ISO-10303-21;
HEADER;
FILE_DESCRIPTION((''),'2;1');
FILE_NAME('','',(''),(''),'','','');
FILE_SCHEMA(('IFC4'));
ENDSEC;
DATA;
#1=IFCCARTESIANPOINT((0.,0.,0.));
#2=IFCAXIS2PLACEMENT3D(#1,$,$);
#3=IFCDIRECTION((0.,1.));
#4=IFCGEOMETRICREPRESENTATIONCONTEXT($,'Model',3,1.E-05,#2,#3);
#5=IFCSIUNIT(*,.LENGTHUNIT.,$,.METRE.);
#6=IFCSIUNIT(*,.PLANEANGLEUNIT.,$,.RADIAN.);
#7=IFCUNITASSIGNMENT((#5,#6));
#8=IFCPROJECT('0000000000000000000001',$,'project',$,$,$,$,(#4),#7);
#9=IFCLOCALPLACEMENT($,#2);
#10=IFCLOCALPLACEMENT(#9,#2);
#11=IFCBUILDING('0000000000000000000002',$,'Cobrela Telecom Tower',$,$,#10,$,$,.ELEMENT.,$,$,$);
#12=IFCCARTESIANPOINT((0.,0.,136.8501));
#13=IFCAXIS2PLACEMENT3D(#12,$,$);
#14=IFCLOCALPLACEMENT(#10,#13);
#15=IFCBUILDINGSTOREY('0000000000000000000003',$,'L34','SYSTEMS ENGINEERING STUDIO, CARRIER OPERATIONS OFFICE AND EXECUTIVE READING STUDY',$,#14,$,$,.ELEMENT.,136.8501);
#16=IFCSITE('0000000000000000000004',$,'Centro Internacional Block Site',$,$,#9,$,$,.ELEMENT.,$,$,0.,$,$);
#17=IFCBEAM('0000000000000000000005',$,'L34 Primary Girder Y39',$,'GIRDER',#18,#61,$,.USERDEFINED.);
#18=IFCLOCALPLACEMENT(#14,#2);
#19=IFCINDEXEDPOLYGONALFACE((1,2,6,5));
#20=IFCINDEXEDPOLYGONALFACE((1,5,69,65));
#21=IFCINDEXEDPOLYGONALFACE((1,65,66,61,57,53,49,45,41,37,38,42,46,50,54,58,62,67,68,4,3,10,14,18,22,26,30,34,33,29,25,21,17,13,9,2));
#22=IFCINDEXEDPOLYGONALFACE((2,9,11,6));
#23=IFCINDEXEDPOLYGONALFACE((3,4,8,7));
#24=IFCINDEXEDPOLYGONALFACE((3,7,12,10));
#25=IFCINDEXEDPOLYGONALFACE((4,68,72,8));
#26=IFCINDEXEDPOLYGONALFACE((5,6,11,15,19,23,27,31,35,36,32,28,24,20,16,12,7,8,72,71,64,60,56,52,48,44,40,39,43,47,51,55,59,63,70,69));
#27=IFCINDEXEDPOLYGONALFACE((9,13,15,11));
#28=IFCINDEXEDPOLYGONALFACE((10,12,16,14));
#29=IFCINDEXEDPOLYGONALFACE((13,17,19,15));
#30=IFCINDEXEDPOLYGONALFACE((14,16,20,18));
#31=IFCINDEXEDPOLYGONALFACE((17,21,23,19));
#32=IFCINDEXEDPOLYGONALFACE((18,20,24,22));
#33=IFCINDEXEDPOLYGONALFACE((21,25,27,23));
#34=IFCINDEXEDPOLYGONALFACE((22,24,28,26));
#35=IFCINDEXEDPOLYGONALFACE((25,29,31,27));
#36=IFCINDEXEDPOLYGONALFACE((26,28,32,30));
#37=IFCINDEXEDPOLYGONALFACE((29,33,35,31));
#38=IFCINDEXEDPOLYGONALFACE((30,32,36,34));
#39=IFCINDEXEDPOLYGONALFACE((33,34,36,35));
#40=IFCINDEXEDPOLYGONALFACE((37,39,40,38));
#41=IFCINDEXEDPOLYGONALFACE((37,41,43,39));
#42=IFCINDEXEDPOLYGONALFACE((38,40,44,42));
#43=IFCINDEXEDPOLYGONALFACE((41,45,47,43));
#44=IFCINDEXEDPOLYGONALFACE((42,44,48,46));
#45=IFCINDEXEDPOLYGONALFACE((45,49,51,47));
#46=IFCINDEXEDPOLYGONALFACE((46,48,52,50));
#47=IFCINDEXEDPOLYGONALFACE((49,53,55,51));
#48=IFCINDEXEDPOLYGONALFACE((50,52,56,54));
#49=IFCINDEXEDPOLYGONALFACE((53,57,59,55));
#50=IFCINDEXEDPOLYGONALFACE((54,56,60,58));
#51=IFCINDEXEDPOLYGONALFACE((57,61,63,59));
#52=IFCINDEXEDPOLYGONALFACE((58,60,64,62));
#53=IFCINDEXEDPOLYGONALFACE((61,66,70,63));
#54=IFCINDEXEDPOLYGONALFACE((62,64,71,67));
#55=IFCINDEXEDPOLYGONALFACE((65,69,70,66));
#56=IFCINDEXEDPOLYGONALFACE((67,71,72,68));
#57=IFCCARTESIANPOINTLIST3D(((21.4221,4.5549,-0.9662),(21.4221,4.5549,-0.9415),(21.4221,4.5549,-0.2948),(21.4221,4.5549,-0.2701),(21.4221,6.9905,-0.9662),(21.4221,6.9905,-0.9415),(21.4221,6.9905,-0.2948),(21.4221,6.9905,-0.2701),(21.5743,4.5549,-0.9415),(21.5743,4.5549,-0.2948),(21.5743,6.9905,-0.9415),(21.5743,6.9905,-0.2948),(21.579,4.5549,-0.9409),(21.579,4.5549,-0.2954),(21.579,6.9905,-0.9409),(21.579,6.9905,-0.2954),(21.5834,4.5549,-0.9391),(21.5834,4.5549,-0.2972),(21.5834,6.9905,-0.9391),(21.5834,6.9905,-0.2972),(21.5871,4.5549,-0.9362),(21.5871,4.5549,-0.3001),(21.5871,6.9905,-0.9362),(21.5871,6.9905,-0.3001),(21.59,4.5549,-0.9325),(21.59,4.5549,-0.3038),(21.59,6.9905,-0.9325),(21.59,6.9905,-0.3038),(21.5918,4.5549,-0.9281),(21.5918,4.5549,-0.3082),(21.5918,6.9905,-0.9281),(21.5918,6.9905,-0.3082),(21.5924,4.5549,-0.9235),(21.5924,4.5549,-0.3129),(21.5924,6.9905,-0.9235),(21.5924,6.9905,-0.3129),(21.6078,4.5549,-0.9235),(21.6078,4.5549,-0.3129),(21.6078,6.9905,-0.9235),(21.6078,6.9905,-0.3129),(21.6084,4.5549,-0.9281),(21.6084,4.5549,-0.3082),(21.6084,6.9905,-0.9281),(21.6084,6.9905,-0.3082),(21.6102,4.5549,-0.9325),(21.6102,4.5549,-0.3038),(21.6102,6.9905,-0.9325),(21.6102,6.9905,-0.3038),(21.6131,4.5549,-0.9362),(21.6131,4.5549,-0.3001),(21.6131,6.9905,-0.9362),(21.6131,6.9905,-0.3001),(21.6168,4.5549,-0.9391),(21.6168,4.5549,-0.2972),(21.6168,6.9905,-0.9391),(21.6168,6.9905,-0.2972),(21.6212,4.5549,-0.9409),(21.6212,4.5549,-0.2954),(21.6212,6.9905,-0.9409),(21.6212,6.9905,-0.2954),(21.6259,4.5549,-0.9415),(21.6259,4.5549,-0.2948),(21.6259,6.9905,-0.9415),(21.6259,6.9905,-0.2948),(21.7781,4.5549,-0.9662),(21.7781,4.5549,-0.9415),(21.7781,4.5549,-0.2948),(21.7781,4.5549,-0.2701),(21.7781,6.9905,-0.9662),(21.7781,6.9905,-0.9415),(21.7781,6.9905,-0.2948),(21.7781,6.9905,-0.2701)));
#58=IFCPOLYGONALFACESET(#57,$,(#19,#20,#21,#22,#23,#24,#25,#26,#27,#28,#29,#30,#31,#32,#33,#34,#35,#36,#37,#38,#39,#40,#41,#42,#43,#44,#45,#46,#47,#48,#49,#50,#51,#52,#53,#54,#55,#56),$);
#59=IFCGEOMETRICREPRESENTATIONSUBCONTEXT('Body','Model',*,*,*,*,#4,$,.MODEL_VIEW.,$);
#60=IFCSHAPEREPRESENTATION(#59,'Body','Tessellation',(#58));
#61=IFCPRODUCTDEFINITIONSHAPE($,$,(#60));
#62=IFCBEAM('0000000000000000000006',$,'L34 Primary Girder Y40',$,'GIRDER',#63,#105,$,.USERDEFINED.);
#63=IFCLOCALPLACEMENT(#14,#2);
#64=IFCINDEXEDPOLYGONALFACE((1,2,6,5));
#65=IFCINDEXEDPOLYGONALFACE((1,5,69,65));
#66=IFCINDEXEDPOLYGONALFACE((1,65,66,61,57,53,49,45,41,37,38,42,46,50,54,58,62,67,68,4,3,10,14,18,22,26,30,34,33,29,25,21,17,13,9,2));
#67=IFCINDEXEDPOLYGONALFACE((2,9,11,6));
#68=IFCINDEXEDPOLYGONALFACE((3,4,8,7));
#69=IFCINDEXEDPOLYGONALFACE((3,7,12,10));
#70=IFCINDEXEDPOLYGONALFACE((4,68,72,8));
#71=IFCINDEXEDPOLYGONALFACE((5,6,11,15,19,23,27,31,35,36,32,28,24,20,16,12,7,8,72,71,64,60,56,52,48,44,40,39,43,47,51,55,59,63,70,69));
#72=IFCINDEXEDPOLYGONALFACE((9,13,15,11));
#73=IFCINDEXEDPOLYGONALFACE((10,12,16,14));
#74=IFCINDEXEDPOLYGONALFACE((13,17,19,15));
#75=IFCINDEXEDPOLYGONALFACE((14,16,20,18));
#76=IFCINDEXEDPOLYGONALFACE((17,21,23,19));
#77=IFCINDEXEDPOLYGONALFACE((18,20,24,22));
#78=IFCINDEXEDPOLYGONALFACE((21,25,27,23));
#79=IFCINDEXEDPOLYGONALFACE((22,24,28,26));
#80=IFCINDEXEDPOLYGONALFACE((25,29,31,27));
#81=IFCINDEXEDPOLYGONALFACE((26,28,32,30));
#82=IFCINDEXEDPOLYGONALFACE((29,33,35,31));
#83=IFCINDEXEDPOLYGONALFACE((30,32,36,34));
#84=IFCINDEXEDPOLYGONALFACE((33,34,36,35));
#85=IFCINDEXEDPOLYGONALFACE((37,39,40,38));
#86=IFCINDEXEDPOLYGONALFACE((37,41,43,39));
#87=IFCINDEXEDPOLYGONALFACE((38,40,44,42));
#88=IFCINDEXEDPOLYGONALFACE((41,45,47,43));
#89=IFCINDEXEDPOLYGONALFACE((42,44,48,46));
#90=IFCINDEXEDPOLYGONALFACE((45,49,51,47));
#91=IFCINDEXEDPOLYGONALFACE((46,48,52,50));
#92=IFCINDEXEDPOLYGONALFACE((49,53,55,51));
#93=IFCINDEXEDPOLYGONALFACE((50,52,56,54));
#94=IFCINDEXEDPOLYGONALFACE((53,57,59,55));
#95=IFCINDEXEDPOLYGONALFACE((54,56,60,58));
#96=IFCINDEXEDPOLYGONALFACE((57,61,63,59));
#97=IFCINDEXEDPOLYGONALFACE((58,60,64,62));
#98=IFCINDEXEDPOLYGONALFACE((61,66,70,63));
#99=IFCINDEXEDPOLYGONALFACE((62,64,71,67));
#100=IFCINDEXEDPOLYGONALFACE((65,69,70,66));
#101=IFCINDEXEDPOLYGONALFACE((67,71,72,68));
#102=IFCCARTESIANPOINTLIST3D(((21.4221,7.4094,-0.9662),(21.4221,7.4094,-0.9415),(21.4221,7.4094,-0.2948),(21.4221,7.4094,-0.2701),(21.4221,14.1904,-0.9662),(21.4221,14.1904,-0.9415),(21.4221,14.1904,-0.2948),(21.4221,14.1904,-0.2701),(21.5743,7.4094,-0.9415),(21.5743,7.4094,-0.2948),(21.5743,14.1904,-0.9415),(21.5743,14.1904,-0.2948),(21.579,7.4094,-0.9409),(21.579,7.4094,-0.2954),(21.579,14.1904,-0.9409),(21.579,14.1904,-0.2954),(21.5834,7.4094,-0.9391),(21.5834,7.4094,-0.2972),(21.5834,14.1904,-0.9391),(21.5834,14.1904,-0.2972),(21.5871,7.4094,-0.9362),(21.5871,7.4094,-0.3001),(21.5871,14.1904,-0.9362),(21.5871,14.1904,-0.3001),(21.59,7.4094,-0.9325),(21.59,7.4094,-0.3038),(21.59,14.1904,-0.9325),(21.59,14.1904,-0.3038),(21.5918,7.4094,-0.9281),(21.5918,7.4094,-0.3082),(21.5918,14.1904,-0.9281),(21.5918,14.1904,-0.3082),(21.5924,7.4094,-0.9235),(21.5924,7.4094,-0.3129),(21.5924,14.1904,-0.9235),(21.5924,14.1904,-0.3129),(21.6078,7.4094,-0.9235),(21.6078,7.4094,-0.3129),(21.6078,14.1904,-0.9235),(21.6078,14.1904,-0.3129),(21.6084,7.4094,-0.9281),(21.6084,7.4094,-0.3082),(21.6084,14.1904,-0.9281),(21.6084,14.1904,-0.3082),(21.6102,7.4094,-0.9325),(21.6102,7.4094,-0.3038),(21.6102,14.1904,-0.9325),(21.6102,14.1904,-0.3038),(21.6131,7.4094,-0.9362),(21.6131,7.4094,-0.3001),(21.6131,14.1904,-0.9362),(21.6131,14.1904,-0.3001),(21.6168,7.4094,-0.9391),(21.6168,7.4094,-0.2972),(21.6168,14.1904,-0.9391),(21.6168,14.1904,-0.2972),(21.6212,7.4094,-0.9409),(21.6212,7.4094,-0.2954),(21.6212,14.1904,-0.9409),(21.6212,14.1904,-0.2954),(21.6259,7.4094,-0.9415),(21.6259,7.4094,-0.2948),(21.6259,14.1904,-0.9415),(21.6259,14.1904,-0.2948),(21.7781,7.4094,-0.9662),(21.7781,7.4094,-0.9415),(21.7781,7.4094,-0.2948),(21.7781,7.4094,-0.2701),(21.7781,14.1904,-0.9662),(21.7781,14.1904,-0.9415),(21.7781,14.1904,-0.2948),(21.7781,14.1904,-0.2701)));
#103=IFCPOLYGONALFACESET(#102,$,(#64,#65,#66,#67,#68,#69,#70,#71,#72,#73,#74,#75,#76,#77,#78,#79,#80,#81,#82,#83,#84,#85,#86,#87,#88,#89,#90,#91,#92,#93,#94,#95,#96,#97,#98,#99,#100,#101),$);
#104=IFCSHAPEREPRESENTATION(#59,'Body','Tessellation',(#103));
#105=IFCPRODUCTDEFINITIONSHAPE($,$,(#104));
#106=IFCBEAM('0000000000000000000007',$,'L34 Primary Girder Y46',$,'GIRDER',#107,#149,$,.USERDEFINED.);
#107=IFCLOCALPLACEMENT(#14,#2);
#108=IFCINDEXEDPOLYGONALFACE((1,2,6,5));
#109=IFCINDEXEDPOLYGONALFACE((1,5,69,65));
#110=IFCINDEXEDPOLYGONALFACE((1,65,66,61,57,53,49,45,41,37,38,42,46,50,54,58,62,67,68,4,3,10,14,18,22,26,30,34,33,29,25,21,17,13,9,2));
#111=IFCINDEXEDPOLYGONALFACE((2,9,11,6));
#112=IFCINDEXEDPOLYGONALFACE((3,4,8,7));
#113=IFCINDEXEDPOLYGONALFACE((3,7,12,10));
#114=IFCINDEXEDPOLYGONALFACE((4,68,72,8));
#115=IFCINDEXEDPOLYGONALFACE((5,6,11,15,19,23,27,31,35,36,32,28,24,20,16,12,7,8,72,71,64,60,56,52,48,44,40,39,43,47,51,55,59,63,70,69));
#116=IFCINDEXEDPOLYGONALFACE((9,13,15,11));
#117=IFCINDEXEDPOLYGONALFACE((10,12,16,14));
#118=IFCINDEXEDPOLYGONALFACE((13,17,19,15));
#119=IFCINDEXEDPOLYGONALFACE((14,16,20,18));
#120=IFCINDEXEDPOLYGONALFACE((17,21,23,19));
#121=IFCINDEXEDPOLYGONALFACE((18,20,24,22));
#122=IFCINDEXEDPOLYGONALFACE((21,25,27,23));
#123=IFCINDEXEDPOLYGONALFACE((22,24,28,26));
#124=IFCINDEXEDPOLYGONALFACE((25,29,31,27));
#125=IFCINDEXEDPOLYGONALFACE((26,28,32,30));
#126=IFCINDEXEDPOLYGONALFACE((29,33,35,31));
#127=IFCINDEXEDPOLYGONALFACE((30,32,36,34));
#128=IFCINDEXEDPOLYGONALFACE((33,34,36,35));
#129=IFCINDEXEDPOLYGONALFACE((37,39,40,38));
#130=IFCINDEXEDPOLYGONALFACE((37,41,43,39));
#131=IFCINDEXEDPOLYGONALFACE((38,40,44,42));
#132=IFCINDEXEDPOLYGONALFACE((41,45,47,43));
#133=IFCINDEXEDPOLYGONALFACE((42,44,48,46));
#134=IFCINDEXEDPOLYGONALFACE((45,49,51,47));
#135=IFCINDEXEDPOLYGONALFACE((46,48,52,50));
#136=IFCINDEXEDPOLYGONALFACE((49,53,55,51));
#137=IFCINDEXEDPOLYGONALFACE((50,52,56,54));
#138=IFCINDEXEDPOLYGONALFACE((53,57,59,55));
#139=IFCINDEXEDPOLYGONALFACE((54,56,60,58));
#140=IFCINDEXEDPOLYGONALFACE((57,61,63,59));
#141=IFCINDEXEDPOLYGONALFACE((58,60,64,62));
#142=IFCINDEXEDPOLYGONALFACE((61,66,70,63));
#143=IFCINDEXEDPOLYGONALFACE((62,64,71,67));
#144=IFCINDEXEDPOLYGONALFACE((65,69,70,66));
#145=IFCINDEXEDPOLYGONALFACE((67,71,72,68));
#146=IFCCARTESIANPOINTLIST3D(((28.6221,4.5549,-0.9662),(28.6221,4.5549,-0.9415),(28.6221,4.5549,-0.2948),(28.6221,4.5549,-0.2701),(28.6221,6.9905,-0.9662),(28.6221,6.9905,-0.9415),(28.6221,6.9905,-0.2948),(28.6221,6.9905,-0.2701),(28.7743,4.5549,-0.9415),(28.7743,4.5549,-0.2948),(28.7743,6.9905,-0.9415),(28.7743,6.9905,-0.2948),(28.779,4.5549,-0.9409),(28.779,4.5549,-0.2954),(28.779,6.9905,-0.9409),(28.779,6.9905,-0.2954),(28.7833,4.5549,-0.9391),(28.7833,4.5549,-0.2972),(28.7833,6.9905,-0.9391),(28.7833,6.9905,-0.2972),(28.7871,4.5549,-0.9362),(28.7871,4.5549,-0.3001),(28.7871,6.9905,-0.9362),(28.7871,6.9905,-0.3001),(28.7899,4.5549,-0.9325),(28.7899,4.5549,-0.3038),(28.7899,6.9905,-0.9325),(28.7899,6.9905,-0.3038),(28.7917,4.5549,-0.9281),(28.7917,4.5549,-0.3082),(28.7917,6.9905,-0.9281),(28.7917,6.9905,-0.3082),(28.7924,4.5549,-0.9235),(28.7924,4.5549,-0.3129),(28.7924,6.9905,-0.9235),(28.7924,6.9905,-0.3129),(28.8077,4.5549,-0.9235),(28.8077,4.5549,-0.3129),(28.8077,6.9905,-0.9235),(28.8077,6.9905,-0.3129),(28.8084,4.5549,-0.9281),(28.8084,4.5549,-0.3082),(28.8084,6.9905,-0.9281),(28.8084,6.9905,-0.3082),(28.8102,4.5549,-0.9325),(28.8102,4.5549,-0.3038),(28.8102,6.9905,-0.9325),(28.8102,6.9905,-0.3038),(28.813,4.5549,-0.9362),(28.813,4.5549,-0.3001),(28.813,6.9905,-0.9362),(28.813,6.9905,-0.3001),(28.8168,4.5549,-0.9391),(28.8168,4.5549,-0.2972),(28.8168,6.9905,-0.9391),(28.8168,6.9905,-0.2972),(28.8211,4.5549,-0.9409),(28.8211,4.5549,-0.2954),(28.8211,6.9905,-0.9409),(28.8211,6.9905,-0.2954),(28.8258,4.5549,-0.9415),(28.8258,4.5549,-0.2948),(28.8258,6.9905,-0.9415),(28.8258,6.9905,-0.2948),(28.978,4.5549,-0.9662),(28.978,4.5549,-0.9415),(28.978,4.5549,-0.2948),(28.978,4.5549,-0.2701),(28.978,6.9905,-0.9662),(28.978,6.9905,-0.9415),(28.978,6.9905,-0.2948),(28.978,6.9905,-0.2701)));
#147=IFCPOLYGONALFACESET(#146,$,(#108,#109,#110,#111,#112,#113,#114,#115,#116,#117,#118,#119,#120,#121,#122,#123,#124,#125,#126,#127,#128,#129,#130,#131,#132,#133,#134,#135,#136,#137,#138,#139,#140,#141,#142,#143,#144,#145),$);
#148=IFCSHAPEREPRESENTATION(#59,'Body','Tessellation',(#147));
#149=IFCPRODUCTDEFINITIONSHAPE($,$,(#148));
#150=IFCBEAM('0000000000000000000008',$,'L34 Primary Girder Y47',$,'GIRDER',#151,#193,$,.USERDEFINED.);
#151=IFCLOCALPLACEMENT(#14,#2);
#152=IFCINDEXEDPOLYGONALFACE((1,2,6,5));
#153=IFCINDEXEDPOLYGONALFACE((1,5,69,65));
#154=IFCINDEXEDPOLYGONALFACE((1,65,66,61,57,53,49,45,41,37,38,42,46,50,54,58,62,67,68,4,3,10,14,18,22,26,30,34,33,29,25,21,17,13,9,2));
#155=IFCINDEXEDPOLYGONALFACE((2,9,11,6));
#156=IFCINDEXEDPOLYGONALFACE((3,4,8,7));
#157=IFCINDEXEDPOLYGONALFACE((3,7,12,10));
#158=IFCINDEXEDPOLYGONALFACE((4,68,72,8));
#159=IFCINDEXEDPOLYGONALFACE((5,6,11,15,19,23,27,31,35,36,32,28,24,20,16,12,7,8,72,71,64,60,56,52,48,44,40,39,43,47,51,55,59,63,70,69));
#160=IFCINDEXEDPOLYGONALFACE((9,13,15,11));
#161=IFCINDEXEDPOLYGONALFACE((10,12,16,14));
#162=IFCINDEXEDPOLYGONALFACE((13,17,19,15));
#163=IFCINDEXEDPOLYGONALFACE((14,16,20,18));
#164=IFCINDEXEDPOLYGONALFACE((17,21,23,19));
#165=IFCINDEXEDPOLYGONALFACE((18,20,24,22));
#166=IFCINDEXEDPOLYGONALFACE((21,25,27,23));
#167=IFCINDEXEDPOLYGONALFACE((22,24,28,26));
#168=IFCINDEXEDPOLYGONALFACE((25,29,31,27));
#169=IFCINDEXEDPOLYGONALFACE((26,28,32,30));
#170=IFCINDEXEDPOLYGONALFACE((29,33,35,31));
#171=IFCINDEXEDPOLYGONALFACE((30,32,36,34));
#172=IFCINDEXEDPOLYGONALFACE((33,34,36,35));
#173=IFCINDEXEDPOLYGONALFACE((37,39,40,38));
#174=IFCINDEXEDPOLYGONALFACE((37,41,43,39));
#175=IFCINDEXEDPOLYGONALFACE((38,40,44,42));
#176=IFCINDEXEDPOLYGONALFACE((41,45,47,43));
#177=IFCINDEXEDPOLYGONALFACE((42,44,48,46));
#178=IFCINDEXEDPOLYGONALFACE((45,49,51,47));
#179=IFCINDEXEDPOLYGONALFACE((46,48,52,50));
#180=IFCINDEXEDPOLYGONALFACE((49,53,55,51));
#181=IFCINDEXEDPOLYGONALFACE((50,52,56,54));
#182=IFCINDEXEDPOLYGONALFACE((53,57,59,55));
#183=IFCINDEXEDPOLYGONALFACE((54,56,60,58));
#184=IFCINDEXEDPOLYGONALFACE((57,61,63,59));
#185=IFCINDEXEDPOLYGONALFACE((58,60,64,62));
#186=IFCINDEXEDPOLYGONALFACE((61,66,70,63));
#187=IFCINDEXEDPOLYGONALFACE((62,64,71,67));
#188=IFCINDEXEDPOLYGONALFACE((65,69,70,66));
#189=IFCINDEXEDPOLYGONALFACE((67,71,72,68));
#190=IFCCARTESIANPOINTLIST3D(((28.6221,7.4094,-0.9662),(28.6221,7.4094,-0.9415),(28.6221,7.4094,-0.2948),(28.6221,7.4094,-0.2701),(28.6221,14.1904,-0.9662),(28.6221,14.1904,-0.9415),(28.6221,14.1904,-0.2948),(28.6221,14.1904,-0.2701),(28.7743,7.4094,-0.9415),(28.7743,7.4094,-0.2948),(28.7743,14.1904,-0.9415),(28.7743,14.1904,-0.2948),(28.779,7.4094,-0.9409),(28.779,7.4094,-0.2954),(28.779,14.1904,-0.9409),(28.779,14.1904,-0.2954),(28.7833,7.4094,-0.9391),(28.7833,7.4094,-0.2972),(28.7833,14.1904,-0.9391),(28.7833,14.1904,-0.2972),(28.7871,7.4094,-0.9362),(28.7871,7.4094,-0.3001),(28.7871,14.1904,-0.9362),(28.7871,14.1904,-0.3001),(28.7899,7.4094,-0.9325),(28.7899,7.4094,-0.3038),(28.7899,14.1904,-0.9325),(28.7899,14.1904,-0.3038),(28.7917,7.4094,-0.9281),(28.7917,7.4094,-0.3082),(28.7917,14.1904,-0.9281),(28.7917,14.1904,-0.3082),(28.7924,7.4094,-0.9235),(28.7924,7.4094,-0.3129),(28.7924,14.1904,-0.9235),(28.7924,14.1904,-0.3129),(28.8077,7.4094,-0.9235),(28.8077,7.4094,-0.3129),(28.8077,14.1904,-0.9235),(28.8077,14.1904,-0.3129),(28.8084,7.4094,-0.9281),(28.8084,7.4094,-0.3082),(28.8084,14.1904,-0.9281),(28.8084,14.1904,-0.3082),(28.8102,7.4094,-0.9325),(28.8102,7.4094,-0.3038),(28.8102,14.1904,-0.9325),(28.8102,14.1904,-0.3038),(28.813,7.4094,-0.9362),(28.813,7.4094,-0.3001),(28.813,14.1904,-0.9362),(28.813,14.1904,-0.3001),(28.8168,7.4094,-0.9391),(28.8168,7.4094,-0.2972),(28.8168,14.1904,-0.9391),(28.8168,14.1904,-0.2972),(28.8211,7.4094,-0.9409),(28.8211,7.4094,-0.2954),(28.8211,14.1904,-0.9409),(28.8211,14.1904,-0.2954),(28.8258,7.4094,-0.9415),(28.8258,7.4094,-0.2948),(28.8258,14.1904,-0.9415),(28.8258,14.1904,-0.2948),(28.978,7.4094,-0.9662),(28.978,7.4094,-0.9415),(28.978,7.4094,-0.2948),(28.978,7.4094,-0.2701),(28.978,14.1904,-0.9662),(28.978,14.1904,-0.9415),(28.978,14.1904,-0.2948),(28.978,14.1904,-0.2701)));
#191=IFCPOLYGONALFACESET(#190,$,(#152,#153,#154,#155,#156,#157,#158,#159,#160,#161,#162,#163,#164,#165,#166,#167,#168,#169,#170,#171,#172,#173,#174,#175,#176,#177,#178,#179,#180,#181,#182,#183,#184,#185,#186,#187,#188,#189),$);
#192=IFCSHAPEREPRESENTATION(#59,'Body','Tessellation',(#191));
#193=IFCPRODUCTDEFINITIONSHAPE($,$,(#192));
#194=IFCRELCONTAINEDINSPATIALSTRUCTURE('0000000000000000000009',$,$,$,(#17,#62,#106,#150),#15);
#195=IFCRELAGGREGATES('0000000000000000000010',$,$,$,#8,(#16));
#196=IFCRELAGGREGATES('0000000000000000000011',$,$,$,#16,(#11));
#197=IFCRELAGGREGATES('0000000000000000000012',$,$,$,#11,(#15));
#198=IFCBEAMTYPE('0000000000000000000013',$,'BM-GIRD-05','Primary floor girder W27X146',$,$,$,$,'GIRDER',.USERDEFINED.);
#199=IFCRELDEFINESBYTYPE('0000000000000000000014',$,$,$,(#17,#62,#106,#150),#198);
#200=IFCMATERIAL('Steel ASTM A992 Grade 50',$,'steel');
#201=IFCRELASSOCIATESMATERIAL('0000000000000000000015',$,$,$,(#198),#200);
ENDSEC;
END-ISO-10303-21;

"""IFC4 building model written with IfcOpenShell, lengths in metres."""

from ifc_helpers import new_model, si_unit, direction, frame, origin, origin_2d, place, context, subcontext, project, spatial, i_section, extrude, material, material_profile, profile_set, type_object, element, save


model = new_model("IFC4")

# Units and contexts
model_context = context("Model", 3, precision=1e-05, world=origin(), true_north=direction((0.0, 1.0)))
body_context = subcontext(model_context, "Body", "Model", "MODEL_VIEW")
ifc_project = project(units=[si_unit("LENGTHUNIT", "METRE"), si_unit("PLANEANGLEUNIT", "RADIAN")], contexts=[model_context])

# Site, building, storey
site_placement = place(None, origin())
site = spatial("IfcSite", under=ifc_project, at=site_placement, Name="Centro Internacional Block Site", CompositionType="ELEMENT", RefElevation=0.0)
building_placement = place(site_placement, origin())
building = spatial("IfcBuilding", under=site, at=building_placement, Name="Cobrela Telecom Tower", CompositionType="ELEMENT")
storey_placement = place(building_placement, frame((0.0, 0.0, 136.8501)))
storey = spatial("IfcBuildingStorey", under=building, at=storey_placement, Name="L34", Description="SYSTEMS ENGINEERING STUDIO, CARRIER OPERATIONS OFFICE AND EXECUTIVE READING STUDY", CompositionType="ELEMENT", Elevation=136.8501)

# Shared definitions
ifc_material_1 = material(Name="Steel ASTM A992 Grade 50", Category="steel")

# Beams
ifc_material_profile_1 = material_profile(ifc_material_1, i_section(OverallWidth=0.356, OverallDepth=0.696, WebThickness=0.0154, FlangeThickness=0.0247, FilletRadius=0.0181, at=origin_2d()), Name="W27X146")
ifc_profile_set_1 = profile_set([ifc_material_profile_1], Name="Steel ASTM A992 Grade 50")
beam_type_1 = type_object("IfcBeamType", Name="BM-GIRD-05", Description="Primary floor girder W27X146", ElementType="GIRDER", PredefinedType="USERDEFINED", material=ifc_profile_set_1)
beam_1_placement = place(storey_placement, frame((21.6001, 4.5549, -0.6182), z_axis=(0.0, 1.0, 0.0), x_axis=(-1.0, 0.0, 0.0)))
element("IfcBeam", 1, at=beam_1_placement, inside=storey, type_object=beam_type_1, Name="L34 Primary Girder Y39", ObjectType="GIRDER", PredefinedType="USERDEFINED", context=body_context, shape_type="SweptSolid", body=[
    extrude(i_section(OverallWidth=0.356, OverallDepth=0.696, WebThickness=0.0154, FlangeThickness=0.0247, FilletRadius=0.0181, at=origin_2d()), origin(), (0.0, 0.0, 1.0), 2.4355),
])
beam_2_placement = place(storey_placement, frame((21.6001, 7.4094, -0.6182), z_axis=(0.0, 1.0, 0.0), x_axis=(-1.0, 0.0, 0.0)))
element("IfcBeam", 2, at=beam_2_placement, inside=storey, type_object=beam_type_1, Name="L34 Primary Girder Y40", ObjectType="GIRDER", PredefinedType="USERDEFINED", context=body_context, shape_type="SweptSolid", body=[
    extrude(i_section(OverallWidth=0.356, OverallDepth=0.696, WebThickness=0.0154, FlangeThickness=0.0247, FilletRadius=0.0181, at=origin_2d()), origin(), (0.0, 0.0, 1.0), 6.781),
])
beam_3_placement = place(storey_placement, frame((28.8, 4.5549, -0.6182), z_axis=(0.0, 1.0, 0.0), x_axis=(-1.0, 0.0, 0.0)))
element("IfcBeam", 3, at=beam_3_placement, inside=storey, type_object=beam_type_1, Name="L34 Primary Girder Y46", ObjectType="GIRDER", PredefinedType="USERDEFINED", context=body_context, shape_type="SweptSolid", body=[
    extrude(i_section(OverallWidth=0.356, OverallDepth=0.696, WebThickness=0.0154, FlangeThickness=0.0247, FilletRadius=0.0181, at=origin_2d()), origin(), (0.0, 0.0, 1.0), 2.4355),
])
beam_4_placement = place(storey_placement, frame((28.8, 7.4094, -0.6182), z_axis=(0.0, 1.0, 0.0), x_axis=(-1.0, 0.0, 0.0)))
element("IfcBeam", 4, at=beam_4_placement, inside=storey, type_object=beam_type_1, Name="L34 Primary Girder Y47", ObjectType="GIRDER", PredefinedType="USERDEFINED", context=body_context, shape_type="SweptSolid", body=[
    extrude(i_section(OverallWidth=0.356, OverallDepth=0.696, WebThickness=0.0154, FlangeThickness=0.0247, FilletRadius=0.0181, at=origin_2d()), origin(), (0.0, 0.0, 1.0), 6.781),
])

save(model, "model.ifc")
